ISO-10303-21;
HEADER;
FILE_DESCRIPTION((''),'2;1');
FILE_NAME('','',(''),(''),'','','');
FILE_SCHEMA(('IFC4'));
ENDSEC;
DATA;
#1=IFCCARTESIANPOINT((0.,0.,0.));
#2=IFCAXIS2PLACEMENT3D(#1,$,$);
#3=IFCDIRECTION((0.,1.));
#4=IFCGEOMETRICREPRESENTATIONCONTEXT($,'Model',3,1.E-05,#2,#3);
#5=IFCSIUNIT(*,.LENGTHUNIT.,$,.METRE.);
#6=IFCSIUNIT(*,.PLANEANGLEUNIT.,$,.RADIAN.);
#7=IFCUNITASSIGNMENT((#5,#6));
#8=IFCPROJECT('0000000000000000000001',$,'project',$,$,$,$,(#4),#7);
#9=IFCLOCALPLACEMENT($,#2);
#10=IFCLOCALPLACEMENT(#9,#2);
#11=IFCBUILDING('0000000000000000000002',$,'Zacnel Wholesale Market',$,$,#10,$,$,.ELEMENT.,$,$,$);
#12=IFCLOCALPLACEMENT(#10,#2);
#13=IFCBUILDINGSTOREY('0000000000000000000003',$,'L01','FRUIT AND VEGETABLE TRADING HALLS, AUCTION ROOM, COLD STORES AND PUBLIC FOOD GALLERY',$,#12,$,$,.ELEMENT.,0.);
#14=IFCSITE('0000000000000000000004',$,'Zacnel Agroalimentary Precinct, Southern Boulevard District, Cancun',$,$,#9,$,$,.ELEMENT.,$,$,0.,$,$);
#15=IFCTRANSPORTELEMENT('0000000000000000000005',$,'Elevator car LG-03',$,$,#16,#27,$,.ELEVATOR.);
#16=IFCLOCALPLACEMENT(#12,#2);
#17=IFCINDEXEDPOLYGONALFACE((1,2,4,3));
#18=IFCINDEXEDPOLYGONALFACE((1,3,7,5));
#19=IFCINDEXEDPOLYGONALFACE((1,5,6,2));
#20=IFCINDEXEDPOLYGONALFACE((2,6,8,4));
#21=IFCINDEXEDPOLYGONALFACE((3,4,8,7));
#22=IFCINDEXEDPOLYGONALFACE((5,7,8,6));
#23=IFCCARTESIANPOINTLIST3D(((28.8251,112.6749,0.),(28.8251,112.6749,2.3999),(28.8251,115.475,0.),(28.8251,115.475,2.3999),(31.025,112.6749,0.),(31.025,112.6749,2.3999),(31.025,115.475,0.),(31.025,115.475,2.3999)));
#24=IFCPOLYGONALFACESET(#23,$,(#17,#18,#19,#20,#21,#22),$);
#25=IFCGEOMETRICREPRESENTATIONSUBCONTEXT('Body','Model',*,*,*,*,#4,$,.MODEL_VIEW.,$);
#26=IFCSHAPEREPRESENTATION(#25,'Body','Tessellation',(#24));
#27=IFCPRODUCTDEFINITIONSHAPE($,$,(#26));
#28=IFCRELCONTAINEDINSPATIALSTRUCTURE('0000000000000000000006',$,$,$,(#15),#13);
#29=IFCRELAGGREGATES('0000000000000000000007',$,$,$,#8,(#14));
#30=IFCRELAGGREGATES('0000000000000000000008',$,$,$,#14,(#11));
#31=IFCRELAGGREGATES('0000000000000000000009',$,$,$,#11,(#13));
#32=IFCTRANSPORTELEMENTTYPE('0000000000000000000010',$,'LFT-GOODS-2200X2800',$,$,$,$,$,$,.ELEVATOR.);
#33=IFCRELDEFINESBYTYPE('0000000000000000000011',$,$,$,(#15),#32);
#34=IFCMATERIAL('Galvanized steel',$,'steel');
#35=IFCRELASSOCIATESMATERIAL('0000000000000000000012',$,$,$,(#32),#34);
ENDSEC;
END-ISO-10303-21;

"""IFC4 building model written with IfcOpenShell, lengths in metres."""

from ifc_helpers import new_model, si_unit, direction, frame, origin, origin_2d, place, context, subcontext, project, spatial, rectangle, extrude, material, type_object, element, save


model = new_model("IFC4")

# Units and contexts
model_context = context("Model", 3, precision=1e-05, world=origin(), true_north=direction((0.0, 1.0)))
body_context = subcontext(model_context, "Body", "Model", "MODEL_VIEW")
ifc_project = project(units=[si_unit("LENGTHUNIT", "METRE"), si_unit("PLANEANGLEUNIT", "RADIAN")], contexts=[model_context])

# Site, building, storey
site_placement = place(None, origin())
site = spatial("IfcSite", under=ifc_project, at=site_placement, Name="Zacnel Agroalimentary Precinct, Southern Boulevard District, Cancun", CompositionType="ELEMENT", RefElevation=0.0)
building_placement = place(site_placement, origin())
building = spatial("IfcBuilding", under=site, at=building_placement, Name="Zacnel Wholesale Market", CompositionType="ELEMENT")
storey_placement = place(building_placement, origin())
storey = spatial("IfcBuildingStorey", under=building, at=storey_placement, Name="L01", Description="FRUIT AND VEGETABLE TRADING HALLS, AUCTION ROOM, COLD STORES AND PUBLIC FOOD GALLERY", CompositionType="ELEMENT", Elevation=0.0)

# Transport element
ifc_material_1 = material(Name="Galvanized steel", Category="steel")
transport_element_type = type_object("IfcTransportElementType", Name="LFT-GOODS-2200X2800", PredefinedType="ELEVATOR", material=ifc_material_1)
transport_element_placement = place(storey_placement, frame((29.925, 114.075, 0.0), z_axis=(0.0, 0.0, 1.0), x_axis=(1.0, 0.0, 0.0)))
element("IfcTransportElement", 1, at=transport_element_placement, inside=storey, type_object=transport_element_type, Name="Elevator car LG-03", PredefinedType="ELEVATOR", context=body_context, shape_type="SweptSolid", body=[
    extrude(rectangle(XDim=2.2, YDim=2.8, at=origin_2d()), origin(), (0.0, 0.0, 1.0), 2.3999),
])

save(model, "model.ifc")
